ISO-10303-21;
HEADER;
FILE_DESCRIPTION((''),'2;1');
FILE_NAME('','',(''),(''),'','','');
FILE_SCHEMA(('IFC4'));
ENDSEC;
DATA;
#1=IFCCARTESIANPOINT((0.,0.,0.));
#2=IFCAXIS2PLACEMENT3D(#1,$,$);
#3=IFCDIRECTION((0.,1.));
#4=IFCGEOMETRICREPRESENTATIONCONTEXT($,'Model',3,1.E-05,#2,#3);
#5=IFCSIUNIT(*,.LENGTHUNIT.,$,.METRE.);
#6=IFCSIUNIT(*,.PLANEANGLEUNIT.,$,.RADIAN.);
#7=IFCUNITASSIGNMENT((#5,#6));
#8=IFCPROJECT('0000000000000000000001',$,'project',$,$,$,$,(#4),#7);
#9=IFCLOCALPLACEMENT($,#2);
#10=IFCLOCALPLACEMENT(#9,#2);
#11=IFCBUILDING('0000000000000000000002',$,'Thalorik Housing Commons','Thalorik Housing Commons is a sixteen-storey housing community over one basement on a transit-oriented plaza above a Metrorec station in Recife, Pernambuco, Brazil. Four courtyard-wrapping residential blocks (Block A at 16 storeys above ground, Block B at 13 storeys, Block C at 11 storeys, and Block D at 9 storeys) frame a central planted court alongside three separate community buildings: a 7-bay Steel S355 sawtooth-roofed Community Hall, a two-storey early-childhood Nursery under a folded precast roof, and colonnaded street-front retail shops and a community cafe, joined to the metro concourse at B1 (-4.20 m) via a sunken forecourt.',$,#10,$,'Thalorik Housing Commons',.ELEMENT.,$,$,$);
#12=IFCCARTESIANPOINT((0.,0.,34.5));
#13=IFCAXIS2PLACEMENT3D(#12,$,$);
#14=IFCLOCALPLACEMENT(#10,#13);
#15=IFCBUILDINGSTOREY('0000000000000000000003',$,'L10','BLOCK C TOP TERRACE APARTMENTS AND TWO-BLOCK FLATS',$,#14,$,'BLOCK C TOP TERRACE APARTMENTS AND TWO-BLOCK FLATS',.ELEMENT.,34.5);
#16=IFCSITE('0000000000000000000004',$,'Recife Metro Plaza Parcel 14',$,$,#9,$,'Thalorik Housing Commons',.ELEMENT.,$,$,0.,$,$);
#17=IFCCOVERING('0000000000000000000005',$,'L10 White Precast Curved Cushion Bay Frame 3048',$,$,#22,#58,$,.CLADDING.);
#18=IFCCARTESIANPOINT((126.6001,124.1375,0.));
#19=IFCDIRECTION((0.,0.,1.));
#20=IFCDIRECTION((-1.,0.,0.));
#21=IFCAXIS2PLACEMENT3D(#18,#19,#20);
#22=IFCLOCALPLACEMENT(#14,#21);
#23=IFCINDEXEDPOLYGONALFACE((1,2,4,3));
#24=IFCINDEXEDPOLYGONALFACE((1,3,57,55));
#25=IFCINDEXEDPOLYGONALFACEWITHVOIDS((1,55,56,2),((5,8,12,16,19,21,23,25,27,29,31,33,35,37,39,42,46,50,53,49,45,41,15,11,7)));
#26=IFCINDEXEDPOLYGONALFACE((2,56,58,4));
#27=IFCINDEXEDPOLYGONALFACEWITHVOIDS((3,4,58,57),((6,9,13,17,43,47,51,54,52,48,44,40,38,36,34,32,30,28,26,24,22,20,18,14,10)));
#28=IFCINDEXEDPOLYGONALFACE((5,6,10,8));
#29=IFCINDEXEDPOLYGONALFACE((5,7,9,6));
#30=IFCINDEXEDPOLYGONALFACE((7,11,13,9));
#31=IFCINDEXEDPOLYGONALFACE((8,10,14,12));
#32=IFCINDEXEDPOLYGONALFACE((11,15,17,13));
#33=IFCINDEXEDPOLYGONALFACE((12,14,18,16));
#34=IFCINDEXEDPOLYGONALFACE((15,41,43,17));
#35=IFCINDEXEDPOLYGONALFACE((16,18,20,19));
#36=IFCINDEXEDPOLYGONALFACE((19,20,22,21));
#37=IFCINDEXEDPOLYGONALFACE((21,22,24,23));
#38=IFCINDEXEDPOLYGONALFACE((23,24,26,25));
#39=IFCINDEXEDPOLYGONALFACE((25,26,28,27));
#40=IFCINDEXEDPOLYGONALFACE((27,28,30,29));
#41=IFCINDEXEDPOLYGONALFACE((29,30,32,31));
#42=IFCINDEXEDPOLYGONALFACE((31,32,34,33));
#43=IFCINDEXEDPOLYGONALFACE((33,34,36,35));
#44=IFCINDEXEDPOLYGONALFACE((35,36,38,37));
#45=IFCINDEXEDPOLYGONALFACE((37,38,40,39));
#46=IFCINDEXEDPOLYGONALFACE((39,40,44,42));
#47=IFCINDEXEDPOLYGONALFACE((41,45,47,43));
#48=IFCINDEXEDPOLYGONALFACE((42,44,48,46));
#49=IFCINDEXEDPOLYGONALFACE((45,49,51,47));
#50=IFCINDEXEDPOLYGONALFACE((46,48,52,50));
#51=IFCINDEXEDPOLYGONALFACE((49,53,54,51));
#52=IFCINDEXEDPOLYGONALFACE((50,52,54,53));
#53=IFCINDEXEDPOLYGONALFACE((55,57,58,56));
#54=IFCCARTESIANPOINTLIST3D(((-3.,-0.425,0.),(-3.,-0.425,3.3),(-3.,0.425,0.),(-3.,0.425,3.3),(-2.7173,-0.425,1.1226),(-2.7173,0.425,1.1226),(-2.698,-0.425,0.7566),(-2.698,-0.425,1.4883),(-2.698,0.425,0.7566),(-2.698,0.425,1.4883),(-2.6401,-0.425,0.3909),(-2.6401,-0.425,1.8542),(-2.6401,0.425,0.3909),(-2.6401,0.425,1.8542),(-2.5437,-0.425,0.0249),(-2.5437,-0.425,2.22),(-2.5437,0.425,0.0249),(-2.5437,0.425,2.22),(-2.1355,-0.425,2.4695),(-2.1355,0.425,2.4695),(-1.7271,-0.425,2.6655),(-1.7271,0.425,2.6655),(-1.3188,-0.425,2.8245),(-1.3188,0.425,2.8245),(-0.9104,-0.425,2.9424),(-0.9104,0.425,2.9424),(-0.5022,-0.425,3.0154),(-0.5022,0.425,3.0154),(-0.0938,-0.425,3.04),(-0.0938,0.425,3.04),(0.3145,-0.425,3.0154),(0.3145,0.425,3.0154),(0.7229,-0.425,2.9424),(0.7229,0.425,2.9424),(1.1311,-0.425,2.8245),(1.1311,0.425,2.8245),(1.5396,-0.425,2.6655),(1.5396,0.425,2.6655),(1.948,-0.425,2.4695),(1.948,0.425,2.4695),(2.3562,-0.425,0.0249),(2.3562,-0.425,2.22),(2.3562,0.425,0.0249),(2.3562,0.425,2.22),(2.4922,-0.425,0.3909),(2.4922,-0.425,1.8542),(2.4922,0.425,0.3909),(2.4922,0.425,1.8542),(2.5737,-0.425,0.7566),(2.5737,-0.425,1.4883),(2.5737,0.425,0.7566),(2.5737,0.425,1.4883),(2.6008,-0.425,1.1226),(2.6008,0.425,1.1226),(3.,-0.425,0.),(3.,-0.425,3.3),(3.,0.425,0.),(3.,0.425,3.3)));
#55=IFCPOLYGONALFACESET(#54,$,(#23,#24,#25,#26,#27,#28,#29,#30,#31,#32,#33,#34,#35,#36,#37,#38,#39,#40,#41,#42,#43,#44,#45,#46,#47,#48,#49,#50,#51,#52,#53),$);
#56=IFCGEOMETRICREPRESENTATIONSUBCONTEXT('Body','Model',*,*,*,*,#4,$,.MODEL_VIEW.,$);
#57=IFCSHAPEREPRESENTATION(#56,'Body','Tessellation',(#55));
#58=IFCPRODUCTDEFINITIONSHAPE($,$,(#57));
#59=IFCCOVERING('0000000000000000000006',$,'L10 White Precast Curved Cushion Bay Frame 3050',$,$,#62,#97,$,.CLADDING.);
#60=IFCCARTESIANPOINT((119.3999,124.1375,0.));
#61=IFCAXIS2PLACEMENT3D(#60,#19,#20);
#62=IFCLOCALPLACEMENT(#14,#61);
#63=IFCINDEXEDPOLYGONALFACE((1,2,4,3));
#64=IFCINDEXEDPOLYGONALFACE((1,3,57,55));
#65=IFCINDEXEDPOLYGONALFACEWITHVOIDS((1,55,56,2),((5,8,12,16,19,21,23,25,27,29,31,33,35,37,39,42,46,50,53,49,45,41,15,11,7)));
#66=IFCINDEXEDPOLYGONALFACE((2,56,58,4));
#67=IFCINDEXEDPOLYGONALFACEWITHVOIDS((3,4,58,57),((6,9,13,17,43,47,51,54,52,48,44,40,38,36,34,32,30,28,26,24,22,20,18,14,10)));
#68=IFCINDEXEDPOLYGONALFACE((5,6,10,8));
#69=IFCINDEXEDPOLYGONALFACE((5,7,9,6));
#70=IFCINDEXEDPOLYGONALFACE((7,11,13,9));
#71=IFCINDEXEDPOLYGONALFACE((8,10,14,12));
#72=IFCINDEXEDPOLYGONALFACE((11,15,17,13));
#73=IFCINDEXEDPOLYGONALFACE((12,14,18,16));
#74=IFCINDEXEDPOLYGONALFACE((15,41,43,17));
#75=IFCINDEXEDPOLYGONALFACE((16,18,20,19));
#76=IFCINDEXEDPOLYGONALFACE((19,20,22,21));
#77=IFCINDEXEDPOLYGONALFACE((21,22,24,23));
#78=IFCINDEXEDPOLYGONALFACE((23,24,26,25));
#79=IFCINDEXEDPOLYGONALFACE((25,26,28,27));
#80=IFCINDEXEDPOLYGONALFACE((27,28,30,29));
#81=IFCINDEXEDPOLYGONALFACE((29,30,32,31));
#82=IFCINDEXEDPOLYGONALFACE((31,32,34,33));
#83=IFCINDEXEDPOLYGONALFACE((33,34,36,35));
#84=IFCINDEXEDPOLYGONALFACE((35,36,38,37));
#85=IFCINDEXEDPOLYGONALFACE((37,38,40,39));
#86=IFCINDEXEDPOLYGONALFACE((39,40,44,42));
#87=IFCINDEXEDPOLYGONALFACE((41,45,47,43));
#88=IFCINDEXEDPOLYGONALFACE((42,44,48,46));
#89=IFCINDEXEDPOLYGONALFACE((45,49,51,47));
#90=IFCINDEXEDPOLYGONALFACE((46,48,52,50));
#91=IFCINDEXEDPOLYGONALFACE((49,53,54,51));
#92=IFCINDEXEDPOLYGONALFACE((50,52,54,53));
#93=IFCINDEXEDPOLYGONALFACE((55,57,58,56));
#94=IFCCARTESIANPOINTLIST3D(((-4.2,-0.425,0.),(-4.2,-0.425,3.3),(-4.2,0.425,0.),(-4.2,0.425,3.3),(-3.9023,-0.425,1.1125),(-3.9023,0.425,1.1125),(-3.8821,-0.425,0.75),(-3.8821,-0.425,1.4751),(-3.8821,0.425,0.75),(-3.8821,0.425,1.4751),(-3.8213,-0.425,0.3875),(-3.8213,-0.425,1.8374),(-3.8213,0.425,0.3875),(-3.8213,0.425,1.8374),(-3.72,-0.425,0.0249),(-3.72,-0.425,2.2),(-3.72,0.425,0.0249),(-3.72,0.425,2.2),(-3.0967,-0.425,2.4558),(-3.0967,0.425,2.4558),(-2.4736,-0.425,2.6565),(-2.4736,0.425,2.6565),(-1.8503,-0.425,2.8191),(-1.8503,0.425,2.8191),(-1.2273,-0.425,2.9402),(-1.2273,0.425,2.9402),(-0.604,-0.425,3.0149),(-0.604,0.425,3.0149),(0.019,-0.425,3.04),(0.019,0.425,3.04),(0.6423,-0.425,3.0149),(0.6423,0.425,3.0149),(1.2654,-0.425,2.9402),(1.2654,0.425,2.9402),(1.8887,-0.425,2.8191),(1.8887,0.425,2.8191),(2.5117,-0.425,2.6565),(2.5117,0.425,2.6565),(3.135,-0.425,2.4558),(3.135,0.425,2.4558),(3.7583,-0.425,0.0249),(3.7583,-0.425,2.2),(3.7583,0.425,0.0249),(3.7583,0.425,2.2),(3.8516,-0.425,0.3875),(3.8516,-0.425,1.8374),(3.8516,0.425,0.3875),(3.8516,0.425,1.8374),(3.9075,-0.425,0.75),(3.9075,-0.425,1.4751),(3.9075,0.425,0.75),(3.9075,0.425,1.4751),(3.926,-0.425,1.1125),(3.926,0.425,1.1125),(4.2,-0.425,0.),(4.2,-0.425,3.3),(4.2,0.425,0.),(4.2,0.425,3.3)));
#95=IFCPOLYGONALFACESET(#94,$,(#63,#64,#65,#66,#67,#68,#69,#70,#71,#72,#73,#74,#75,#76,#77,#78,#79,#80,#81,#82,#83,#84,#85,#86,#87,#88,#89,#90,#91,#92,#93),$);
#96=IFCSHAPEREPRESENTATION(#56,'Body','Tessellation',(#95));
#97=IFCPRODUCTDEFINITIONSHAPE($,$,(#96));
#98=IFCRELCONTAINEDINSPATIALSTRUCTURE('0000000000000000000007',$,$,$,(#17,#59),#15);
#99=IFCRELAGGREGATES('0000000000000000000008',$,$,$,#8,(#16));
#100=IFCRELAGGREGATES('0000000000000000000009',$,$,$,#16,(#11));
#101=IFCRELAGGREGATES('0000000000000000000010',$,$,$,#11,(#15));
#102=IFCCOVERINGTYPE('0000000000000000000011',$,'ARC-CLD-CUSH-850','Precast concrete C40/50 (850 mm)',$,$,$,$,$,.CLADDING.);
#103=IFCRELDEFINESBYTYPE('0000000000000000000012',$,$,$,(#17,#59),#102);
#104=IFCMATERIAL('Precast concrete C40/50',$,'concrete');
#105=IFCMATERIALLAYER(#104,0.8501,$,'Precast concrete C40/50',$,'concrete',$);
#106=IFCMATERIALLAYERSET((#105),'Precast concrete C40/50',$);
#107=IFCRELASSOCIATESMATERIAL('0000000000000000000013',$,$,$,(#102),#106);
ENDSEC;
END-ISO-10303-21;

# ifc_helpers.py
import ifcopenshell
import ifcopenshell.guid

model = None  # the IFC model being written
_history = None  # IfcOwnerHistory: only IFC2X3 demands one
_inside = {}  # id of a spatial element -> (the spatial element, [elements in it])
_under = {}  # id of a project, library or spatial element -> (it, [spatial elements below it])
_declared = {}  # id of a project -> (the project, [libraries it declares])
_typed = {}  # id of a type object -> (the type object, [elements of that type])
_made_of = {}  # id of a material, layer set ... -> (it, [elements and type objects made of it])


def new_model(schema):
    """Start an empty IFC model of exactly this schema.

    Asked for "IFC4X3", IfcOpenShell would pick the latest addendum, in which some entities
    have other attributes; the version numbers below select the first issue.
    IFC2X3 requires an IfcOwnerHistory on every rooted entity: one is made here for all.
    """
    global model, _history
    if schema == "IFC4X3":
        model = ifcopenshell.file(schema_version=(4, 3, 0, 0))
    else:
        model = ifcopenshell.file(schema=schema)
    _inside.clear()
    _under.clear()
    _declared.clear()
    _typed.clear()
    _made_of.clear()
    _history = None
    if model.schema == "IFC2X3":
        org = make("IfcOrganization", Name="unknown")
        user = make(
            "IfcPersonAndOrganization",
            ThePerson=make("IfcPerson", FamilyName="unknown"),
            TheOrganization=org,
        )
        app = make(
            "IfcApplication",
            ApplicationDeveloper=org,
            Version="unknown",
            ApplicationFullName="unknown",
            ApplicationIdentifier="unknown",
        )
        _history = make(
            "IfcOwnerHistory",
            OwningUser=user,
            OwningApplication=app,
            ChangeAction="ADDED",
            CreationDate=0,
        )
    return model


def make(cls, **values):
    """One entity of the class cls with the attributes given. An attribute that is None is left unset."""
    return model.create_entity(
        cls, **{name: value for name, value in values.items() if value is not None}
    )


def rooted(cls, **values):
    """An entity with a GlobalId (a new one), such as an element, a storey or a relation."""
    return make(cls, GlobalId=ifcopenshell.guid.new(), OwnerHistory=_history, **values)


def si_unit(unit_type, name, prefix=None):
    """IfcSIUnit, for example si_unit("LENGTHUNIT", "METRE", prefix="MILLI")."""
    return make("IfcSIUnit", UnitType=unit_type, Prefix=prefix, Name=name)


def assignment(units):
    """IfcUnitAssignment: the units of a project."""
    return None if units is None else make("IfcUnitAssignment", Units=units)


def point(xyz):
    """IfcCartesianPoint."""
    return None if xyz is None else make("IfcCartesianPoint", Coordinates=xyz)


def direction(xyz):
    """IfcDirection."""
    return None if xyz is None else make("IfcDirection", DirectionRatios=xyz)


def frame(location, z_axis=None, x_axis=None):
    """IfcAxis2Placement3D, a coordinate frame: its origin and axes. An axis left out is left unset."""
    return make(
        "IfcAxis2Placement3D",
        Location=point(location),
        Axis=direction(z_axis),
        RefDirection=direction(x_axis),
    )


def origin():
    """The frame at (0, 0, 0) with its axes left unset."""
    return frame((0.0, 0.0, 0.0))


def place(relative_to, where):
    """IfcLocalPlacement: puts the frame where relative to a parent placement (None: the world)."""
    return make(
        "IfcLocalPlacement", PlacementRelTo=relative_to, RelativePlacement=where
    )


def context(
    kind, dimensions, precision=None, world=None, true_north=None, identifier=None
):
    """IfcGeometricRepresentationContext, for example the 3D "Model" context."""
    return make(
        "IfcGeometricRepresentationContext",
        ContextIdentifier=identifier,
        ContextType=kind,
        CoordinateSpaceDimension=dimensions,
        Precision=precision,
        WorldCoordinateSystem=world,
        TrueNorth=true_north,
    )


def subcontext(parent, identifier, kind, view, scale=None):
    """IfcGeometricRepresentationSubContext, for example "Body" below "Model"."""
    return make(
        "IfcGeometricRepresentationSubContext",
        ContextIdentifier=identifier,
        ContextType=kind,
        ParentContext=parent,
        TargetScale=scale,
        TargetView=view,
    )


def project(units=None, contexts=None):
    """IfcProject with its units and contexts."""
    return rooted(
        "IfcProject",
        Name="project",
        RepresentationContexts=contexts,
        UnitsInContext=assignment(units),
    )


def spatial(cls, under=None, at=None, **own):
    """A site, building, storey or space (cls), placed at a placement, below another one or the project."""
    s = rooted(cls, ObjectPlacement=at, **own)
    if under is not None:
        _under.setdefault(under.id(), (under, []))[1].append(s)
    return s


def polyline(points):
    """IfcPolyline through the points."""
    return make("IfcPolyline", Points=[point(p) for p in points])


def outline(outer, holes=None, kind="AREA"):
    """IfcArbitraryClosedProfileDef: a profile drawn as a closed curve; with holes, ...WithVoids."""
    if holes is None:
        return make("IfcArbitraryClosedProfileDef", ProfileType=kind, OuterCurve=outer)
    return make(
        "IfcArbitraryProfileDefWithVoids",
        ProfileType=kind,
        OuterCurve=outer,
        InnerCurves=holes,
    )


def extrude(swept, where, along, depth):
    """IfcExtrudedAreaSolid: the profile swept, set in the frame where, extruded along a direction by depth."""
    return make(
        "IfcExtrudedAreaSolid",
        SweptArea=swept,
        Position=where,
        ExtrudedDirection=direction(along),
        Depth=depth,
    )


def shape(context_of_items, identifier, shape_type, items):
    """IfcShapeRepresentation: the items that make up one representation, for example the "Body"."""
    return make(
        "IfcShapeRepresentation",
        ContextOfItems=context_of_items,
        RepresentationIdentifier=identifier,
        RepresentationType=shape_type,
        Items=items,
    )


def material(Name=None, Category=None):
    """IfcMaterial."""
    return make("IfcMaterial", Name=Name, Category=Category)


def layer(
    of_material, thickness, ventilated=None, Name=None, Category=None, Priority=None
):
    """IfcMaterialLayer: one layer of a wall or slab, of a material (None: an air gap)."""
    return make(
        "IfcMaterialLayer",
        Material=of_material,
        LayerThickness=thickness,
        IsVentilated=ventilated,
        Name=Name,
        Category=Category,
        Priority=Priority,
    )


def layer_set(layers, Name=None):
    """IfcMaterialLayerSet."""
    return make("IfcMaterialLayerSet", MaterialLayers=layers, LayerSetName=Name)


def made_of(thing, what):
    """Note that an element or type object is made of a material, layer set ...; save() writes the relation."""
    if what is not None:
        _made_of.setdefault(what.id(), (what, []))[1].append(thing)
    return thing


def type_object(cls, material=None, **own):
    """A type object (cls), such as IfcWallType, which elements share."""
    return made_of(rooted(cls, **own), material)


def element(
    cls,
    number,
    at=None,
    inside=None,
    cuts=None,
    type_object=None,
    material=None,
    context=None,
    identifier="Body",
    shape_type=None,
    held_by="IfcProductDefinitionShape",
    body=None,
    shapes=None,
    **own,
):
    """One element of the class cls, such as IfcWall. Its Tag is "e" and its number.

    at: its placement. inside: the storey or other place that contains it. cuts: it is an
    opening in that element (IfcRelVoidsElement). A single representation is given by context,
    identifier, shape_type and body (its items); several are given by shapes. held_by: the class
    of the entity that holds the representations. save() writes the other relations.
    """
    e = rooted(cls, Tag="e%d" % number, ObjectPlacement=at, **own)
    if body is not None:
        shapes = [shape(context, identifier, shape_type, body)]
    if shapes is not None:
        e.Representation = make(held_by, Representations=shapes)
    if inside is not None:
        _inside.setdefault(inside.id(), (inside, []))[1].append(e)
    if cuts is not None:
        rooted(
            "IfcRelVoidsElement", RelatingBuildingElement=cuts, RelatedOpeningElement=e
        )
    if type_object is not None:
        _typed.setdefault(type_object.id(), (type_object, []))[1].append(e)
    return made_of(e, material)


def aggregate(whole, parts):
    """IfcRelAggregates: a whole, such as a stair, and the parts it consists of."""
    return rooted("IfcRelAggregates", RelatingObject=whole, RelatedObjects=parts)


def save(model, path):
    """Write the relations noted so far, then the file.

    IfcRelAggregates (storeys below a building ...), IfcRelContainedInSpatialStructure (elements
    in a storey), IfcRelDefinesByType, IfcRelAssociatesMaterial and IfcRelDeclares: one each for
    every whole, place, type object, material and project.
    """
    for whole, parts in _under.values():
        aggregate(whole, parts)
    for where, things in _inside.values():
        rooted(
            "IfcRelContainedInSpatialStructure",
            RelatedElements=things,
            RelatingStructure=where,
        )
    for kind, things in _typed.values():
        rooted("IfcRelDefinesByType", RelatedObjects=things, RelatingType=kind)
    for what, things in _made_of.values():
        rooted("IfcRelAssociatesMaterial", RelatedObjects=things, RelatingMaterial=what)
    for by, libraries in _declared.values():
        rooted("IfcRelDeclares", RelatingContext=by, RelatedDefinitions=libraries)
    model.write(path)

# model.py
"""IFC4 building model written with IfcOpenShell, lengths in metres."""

from ifc_helpers import new_model, si_unit, direction, frame, origin, place, context, subcontext, project, spatial, polyline, outline, extrude, material, layer, layer_set, type_object, element, save


model = new_model("IFC4")

# Units and contexts
model_context = context("Model", 3, precision=1e-05, world=origin(), true_north=direction((0.0, 1.0)))
body_context = subcontext(model_context, "Body", "Model", "MODEL_VIEW")
ifc_project = project(units=[si_unit("LENGTHUNIT", "METRE"), si_unit("PLANEANGLEUNIT", "RADIAN")], contexts=[model_context])

# Site, building, storey
site_placement = place(None, origin())
site = spatial("IfcSite", under=ifc_project, at=site_placement, Name="Recife Metro Plaza Parcel 14", LongName="Thalorik Housing Commons", CompositionType="ELEMENT", RefElevation=0.0)
building_placement = place(site_placement, origin())
building = spatial("IfcBuilding", under=site, at=building_placement, Name="Thalorik Housing Commons", Description="Thalorik Housing Commons is a sixteen-storey housing community over one basement on a transit-oriented plaza above a Metrorec station in Recife, Pernambuco, Brazil. Four courtyard-wrapping residential blocks (Block A at 16 storeys above ground, Block B at 13 storeys, Block C at 11 storeys, and Block D at 9 storeys) frame a central planted court alongside three separate community buildings: a 7-bay Steel S355 sawtooth-roofed Community Hall, a two-storey early-childhood Nursery under a folded precast roof, and colonnaded street-front retail shops and a community cafe, joined to the metro concourse at B1 (-4.20 m) via a sunken forecourt.", LongName="Thalorik Housing Commons", CompositionType="ELEMENT")
storey_placement = place(building_placement, frame((0.0, 0.0, 34.5)))
storey = spatial("IfcBuildingStorey", under=building, at=storey_placement, Name="L10", Description="BLOCK C TOP TERRACE APARTMENTS AND TWO-BLOCK FLATS", LongName="BLOCK C TOP TERRACE APARTMENTS AND TWO-BLOCK FLATS", CompositionType="ELEMENT", Elevation=34.5)

# Shared definitions
ifc_material_1 = material(Name="Precast concrete C40/50", Category="concrete")

# Coverings
ifc_layer_1 = layer(ifc_material_1, 0.8501, Name="Precast concrete C40/50", Category="concrete")
ifc_layer_set_1 = layer_set([ifc_layer_1], Name="Precast concrete C40/50")
covering_type_1 = type_object("IfcCoveringType", Name="ARC-CLD-CUSH-850", Description="Precast concrete C40/50 (850 mm)", PredefinedType="CLADDING", material=ifc_layer_set_1)
covering_1_placement = place(storey_placement, frame((126.6001, 124.1375, 0.0), z_axis=(0.0, 0.0, 1.0), x_axis=(-1.0, 0.0, 0.0)))
element("IfcCovering", 1, at=covering_1_placement, inside=storey, type_object=covering_type_1, Name="L10 White Precast Curved Cushion Bay Frame 3048", PredefinedType="CLADDING", context=body_context, shape_type="SweptSolid", body=[
    extrude(outline(polyline([(-3.0, 0.0), (3.0, 0.0), (3.0, 3.3), (-3.0, 3.3), (-3.0, 0.0)]), holes=[polyline([(2.3562, 0.0249), (2.4922, 0.3909), (2.5737, 0.7566), (2.6008, 1.1226), (2.5737, 1.4883), (2.4922, 1.8542), (2.3562, 2.22), (1.948, 2.4695), (1.5396, 2.6655), (1.1311, 2.8245), (0.7229, 2.9424), (0.3145, 3.0154), (-0.0938, 3.04), (-0.5022, 3.0154), (-0.9104, 2.9424), (-1.3188, 2.8245), (-1.7271, 2.6655), (-2.1355, 2.4695), (-2.5437, 2.22), (-2.6401, 1.8542), (-2.698, 1.4883), (-2.7173, 1.1226), (-2.698, 0.7566), (-2.6401, 0.3909), (-2.5437, 0.0249), (2.3562, 0.0249)])]), frame((0.0, 0.425, 0.0), z_axis=(0.0, -1.0, 0.0), x_axis=(1.0, 0.0, 0.0)), (0.0, 0.0, 1.0), 0.8501),
])
covering_2_placement = place(storey_placement, frame((119.3999, 124.1375, 0.0), z_axis=(0.0, 0.0, 1.0), x_axis=(-1.0, 0.0, 0.0)))
element("IfcCovering", 2, at=covering_2_placement, inside=storey, type_object=covering_type_1, Name="L10 White Precast Curved Cushion Bay Frame 3050", PredefinedType="CLADDING", context=body_context, shape_type="SweptSolid", body=[
    extrude(outline(polyline([(-4.2, 0.0), (4.2, 0.0), (4.2, 3.3), (-4.2, 3.3), (-4.2, 0.0)]), holes=[polyline([(3.7583, 0.0249), (3.8516, 0.3875), (3.9075, 0.75), (3.926, 1.1125), (3.9075, 1.4751), (3.8516, 1.8374), (3.7583, 2.2), (3.135, 2.4558), (2.5117, 2.6565), (1.8887, 2.8191), (1.2654, 2.9402), (0.6423, 3.0149), (0.019, 3.04), (-0.604, 3.0149), (-1.2273, 2.9402), (-1.8503, 2.8191), (-2.4736, 2.6565), (-3.0967, 2.4558), (-3.72, 2.2), (-3.8213, 1.8374), (-3.8821, 1.4751), (-3.9023, 1.1125), (-3.8821, 0.75), (-3.8213, 0.3875), (-3.72, 0.0249), (3.7583, 0.0249)])]), frame((0.0, 0.425, 0.0), z_axis=(0.0, -1.0, 0.0), x_axis=(1.0, 0.0, 0.0)), (0.0, 0.0, 1.0), 0.8501),
])

save(model, "model.ifc")
